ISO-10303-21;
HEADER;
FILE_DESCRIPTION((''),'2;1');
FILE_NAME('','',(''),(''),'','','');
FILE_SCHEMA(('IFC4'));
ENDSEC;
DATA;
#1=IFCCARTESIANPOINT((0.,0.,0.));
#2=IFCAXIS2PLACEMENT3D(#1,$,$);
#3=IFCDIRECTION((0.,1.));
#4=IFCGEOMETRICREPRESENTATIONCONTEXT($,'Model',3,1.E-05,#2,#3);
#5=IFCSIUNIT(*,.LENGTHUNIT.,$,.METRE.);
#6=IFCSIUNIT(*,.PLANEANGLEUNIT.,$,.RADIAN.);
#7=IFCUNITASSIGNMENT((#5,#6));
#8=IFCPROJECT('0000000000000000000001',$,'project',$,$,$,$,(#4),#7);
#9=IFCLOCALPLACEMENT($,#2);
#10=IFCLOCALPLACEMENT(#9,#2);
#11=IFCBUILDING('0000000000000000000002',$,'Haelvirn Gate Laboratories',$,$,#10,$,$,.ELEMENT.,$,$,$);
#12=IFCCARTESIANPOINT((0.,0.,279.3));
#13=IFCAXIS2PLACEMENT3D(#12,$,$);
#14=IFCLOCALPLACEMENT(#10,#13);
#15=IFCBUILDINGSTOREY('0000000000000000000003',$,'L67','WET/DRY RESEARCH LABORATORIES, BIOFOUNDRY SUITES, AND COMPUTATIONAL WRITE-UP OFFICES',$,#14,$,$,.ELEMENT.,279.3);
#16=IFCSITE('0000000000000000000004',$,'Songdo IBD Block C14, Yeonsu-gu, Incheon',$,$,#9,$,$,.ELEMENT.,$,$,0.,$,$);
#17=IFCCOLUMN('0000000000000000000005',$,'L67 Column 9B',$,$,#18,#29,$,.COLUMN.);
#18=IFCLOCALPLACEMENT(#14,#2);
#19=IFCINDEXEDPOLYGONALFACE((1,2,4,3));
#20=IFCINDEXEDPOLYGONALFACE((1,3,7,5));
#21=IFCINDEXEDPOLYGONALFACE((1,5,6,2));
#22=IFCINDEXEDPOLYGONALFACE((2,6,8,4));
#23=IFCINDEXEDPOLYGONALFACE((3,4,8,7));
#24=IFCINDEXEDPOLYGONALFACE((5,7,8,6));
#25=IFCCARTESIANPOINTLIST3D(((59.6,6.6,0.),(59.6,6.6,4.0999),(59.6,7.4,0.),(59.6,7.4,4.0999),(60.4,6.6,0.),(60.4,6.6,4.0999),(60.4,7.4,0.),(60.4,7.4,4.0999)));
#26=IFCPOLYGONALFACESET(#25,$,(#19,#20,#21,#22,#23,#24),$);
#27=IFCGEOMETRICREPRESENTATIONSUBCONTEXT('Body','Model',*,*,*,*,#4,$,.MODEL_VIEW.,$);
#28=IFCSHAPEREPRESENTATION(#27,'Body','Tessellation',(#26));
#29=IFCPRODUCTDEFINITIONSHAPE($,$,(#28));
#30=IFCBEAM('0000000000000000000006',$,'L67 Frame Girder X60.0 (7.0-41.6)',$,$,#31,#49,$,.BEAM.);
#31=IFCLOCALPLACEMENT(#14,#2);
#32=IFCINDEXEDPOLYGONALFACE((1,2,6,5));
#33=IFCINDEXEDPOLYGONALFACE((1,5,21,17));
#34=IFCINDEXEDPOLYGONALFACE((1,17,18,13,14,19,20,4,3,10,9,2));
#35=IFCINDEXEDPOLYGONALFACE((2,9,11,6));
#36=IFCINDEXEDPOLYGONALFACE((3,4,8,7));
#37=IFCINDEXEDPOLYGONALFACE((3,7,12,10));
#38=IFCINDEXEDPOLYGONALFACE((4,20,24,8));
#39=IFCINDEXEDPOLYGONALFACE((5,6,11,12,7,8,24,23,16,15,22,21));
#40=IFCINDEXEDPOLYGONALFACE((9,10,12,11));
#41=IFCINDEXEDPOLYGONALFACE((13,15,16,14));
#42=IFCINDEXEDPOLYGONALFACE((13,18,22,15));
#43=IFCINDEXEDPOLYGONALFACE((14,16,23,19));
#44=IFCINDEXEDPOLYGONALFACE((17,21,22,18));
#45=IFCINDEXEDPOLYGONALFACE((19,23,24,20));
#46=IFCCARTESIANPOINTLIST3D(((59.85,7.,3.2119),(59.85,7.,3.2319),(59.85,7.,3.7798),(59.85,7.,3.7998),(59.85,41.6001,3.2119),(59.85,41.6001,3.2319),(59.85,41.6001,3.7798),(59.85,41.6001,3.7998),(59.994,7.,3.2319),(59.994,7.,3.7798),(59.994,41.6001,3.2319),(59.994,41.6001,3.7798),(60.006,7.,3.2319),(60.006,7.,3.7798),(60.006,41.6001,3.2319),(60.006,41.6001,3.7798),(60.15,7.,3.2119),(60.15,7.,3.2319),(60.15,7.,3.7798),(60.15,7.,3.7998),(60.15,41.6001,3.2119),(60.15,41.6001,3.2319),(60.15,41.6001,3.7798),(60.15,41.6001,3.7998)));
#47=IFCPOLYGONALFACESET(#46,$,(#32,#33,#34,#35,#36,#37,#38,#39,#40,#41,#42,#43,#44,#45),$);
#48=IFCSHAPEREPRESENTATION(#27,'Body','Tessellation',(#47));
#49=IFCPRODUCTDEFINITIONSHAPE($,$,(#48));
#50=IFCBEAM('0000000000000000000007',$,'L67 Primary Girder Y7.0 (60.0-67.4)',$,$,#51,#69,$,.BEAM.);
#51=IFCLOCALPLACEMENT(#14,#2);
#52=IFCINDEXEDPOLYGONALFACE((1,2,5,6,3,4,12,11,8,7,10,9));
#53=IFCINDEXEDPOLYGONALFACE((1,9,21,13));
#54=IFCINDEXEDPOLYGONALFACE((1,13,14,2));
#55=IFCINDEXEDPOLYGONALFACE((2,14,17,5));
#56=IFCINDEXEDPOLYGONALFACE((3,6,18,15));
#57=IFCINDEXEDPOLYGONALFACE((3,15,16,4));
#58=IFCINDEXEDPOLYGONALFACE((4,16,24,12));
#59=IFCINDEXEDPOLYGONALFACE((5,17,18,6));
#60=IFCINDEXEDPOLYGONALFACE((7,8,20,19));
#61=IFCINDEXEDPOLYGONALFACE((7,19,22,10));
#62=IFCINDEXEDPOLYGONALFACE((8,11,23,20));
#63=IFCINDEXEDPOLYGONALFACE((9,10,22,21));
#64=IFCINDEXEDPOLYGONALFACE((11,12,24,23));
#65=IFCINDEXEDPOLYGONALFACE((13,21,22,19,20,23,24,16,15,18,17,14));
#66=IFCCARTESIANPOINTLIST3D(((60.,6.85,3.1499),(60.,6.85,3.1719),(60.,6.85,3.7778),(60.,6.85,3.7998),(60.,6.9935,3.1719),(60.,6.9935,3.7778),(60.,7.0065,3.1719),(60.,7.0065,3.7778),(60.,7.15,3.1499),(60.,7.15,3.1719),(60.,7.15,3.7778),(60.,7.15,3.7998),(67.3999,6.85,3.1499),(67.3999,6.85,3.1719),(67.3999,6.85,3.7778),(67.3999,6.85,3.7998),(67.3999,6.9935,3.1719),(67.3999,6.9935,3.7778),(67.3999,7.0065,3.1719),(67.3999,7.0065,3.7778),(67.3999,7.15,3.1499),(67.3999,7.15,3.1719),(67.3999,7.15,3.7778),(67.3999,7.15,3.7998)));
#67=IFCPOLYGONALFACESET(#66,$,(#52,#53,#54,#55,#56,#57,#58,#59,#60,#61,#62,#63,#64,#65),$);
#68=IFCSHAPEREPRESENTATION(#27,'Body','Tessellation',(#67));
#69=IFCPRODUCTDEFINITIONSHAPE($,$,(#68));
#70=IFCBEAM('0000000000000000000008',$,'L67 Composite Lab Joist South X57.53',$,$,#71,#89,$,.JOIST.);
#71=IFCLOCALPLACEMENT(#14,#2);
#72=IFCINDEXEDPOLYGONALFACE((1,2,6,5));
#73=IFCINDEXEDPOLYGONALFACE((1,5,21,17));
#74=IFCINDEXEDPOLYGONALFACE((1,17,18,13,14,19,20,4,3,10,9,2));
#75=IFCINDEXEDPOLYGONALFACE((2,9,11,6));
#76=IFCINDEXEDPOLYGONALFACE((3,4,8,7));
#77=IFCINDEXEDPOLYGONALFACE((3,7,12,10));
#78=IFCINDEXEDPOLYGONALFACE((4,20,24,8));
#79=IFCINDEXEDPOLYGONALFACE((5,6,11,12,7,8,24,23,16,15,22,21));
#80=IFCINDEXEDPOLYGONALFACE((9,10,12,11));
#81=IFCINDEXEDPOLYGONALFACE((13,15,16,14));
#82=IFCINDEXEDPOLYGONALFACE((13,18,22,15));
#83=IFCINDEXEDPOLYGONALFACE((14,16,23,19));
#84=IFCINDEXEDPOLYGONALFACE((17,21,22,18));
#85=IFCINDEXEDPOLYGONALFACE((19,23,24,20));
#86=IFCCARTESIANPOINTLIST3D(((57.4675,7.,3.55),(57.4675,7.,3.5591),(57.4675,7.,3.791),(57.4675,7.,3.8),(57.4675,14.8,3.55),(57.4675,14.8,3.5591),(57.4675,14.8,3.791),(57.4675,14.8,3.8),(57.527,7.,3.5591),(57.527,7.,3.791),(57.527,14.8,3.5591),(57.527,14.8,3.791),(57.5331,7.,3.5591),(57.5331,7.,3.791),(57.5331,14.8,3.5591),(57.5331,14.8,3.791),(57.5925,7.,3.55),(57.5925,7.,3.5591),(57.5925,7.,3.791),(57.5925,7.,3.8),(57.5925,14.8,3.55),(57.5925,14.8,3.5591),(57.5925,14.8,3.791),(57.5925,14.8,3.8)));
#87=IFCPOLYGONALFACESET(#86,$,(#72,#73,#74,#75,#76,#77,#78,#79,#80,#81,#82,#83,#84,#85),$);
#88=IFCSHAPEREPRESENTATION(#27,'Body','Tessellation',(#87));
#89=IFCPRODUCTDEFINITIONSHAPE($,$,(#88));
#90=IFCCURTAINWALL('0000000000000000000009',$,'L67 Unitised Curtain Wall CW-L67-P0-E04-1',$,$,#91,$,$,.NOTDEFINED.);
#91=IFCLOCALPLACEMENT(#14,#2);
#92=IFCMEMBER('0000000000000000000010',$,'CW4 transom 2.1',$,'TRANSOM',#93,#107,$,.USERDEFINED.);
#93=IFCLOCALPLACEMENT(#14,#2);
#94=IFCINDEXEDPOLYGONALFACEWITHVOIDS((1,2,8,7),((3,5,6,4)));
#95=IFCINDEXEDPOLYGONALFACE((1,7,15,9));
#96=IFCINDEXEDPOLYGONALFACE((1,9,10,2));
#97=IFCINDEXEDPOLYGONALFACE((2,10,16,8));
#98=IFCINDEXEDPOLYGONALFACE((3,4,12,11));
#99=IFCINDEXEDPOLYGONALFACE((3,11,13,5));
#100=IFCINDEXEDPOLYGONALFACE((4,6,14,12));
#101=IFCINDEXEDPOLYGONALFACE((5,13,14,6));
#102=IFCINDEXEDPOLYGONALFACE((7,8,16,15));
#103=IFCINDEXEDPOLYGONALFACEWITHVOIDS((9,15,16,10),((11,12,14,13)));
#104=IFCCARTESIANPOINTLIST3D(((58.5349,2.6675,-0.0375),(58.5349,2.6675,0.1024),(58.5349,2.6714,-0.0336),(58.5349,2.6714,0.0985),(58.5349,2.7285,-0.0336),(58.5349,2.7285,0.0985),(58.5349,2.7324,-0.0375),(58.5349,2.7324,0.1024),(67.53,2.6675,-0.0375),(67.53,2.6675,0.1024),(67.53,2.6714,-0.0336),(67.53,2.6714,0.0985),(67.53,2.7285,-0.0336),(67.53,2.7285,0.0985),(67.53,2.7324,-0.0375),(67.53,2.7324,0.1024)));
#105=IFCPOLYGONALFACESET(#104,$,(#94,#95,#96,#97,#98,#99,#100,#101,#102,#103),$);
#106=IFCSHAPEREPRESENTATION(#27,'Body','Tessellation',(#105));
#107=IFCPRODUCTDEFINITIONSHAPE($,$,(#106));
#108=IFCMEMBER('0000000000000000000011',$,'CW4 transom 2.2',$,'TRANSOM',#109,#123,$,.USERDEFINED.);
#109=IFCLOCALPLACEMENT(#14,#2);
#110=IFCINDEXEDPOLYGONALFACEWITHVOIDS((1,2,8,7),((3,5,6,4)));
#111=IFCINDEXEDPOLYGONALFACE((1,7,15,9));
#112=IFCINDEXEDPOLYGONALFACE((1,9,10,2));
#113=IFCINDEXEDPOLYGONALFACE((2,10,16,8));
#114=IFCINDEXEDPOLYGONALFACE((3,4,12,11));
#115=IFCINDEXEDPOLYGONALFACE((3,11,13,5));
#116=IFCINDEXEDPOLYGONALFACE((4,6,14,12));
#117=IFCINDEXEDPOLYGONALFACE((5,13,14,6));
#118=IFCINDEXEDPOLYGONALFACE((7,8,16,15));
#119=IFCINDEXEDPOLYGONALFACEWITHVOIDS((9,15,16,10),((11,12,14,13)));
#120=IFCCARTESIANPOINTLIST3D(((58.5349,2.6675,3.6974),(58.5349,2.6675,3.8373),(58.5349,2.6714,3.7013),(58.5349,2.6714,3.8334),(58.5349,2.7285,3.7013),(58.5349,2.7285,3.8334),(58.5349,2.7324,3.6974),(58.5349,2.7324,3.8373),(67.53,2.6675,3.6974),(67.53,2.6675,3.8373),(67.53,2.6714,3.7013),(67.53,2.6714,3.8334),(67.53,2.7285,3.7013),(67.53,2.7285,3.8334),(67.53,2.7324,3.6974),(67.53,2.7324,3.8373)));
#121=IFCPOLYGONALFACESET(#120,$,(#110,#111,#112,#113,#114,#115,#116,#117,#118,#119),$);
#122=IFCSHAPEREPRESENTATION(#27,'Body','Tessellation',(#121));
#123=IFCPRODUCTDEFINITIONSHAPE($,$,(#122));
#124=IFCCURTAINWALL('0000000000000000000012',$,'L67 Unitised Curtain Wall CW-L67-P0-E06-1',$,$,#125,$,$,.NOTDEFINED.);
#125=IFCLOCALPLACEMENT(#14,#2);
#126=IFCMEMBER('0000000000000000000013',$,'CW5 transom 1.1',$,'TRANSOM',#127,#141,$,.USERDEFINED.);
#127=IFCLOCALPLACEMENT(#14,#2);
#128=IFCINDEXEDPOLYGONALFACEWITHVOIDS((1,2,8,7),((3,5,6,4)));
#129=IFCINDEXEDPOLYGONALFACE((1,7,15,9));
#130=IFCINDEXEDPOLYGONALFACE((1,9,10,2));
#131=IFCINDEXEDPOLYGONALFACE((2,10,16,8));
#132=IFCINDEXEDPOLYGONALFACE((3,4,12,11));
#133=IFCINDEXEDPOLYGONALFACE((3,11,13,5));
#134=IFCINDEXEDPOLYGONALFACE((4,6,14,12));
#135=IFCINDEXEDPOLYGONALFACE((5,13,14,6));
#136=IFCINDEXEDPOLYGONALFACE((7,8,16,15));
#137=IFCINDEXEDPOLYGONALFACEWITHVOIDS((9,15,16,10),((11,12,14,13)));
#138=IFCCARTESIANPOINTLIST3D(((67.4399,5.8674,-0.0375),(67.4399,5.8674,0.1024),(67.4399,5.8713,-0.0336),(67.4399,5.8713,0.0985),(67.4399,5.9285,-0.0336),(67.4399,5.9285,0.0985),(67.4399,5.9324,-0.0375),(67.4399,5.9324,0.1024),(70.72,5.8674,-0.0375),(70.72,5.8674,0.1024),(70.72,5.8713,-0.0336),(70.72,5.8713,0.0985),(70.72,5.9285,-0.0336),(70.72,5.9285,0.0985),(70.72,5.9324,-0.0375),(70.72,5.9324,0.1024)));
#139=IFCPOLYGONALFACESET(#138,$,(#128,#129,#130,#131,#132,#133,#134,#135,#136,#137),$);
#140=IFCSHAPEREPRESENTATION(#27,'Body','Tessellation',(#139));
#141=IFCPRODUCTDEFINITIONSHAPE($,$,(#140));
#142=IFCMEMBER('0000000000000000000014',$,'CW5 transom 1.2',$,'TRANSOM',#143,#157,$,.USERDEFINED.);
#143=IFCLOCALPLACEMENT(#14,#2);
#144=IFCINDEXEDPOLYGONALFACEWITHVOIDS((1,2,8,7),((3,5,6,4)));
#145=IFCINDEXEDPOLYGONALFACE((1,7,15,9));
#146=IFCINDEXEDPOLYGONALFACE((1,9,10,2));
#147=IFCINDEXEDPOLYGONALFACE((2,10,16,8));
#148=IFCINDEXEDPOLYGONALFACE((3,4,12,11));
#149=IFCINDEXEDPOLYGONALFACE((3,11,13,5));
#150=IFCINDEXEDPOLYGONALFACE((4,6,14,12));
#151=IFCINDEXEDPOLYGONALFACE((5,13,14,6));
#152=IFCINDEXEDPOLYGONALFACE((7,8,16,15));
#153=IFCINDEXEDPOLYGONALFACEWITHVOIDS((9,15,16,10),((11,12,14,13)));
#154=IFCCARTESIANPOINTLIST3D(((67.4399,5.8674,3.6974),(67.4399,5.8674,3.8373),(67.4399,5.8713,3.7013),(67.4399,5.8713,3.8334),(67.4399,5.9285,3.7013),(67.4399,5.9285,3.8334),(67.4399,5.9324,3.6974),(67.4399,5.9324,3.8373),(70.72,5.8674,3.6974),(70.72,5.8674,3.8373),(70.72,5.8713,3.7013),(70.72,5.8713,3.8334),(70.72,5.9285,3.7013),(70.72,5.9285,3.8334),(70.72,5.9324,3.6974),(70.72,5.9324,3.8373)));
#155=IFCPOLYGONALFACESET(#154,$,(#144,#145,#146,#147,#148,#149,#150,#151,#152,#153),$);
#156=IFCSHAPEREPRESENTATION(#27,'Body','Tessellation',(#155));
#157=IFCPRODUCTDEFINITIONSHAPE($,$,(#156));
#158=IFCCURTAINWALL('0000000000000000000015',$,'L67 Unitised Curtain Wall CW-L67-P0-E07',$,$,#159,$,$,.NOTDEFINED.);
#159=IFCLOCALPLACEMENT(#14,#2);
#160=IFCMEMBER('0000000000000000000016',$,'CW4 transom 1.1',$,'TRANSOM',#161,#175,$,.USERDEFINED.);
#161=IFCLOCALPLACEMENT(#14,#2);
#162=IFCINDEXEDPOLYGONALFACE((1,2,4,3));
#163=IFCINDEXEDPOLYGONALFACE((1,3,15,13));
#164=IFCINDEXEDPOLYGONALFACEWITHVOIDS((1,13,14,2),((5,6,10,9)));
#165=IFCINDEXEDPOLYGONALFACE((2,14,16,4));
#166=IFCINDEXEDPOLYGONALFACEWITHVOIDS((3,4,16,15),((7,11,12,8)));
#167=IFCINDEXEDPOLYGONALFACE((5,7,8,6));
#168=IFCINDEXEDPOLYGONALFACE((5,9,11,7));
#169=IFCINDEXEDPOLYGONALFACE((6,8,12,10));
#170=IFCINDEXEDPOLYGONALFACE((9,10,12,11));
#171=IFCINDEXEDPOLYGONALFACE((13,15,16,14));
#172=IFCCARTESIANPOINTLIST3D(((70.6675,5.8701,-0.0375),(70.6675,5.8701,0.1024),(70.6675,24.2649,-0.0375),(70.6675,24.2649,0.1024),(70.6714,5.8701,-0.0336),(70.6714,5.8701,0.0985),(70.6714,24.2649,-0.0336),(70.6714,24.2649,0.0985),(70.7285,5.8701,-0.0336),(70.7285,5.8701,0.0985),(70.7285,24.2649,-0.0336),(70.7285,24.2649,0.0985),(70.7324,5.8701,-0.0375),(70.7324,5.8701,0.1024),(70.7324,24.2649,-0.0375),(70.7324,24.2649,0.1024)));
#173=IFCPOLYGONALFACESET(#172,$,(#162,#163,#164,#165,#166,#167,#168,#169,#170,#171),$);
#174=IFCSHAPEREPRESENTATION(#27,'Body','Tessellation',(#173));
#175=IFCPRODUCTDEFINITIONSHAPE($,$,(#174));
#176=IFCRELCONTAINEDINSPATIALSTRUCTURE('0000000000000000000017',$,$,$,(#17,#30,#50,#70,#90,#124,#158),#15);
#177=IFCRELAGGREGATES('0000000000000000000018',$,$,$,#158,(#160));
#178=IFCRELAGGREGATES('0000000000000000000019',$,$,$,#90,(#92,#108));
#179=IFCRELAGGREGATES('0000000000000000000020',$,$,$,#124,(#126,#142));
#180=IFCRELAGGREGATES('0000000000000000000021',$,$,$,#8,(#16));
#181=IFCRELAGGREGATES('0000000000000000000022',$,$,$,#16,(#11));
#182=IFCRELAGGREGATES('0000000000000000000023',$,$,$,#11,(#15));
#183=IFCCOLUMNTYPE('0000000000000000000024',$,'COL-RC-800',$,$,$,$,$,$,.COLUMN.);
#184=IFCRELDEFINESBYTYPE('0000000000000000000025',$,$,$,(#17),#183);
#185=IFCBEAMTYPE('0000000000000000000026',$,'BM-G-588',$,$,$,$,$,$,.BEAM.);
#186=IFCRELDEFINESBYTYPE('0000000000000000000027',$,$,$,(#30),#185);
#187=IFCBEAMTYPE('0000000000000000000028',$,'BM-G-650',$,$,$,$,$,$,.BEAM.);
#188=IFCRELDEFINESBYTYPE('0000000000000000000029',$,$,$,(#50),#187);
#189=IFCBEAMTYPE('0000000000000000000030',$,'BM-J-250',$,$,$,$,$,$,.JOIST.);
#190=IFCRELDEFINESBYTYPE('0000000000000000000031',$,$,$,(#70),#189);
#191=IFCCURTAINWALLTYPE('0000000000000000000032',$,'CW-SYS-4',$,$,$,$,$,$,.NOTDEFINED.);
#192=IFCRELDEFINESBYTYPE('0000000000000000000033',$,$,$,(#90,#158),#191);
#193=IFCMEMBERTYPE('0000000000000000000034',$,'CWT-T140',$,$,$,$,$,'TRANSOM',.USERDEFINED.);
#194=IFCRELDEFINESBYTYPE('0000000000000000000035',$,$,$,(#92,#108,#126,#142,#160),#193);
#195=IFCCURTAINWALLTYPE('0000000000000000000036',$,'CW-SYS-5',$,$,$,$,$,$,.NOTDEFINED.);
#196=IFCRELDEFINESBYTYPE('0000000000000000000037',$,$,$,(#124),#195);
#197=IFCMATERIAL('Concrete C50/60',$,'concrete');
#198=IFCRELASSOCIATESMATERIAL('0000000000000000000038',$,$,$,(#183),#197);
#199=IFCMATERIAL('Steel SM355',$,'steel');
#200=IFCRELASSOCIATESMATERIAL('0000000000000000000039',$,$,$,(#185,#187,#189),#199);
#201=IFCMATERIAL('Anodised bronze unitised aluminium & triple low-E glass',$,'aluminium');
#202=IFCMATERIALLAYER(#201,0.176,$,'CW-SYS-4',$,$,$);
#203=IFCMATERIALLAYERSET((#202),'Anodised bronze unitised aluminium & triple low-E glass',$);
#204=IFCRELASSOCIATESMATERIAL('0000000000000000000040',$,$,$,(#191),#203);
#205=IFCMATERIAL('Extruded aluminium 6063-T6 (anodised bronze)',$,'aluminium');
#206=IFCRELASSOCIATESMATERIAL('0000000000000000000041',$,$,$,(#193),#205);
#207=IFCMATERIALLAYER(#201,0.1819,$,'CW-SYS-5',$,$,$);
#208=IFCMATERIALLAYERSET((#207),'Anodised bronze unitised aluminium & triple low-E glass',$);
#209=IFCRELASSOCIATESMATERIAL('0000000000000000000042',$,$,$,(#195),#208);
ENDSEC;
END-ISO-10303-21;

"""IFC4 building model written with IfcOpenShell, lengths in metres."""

from ifc_helpers import new_model, si_unit, direction, frame, origin, origin_2d, place, context, subcontext, project, spatial, rectangle, hollow_rectangle, i_section, extrude, source, transform, mapped, material, layer, layer_set, material_profile, profile_set, type_object, type_shapes, element, aggregate, save


model = new_model("IFC4")

# Units and contexts
model_context = context("Model", 3, precision=1e-05, world=origin(), true_north=direction((0.0, 1.0)))
body_context = subcontext(model_context, "Body", "Model", "MODEL_VIEW")
ifc_project = project(units=[si_unit("LENGTHUNIT", "METRE"), si_unit("PLANEANGLEUNIT", "RADIAN")], contexts=[model_context])

# Site, building, storey
site_placement = place(None, origin())
site = spatial("IfcSite", under=ifc_project, at=site_placement, Name="Songdo IBD Block C14, Yeonsu-gu, Incheon", CompositionType="ELEMENT", RefElevation=0.0)
building_placement = place(site_placement, origin())
building = spatial("IfcBuilding", under=site, at=building_placement, Name="Haelvirn Gate Laboratories", CompositionType="ELEMENT")
storey_placement = place(building_placement, frame((0.0, 0.0, 279.3)))
storey = spatial("IfcBuildingStorey", under=building, at=storey_placement, Name="L67", Description="WET/DRY RESEARCH LABORATORIES, BIOFOUNDRY SUITES, AND COMPUTATIONAL WRITE-UP OFFICES", CompositionType="ELEMENT", Elevation=279.3)

# Column
ifc_material_1 = material(Name="Concrete C50/60", Category="concrete")
ifc_material_profile_1 = material_profile(ifc_material_1, rectangle(XDim=0.8, YDim=0.8, at=origin_2d()), Name="RC-800x800")
ifc_profile_set_1 = profile_set([ifc_material_profile_1], Name="Concrete C50/60")
column_type = type_object("IfcColumnType", Name="COL-RC-800", PredefinedType="COLUMN", material=ifc_profile_set_1)
shared_shape_1 = source(origin(), body_context, "Body", "SweptSolid", [
    extrude(rectangle(XDim=0.8, YDim=0.8, at=origin_2d()), origin(), (0.0, 0.0, 1.0), 4.0999),
])
type_shapes(column_type, [shared_shape_1])
column_placement = place(storey_placement, frame((60.0, 7.0, 0.0), z_axis=(0.0, 0.0, 1.0), x_axis=(1.0, 0.0, 0.0)))
element("IfcColumn", 1, at=column_placement, inside=storey, type_object=column_type, Name="L67 Column 9B", PredefinedType="COLUMN", context=body_context, shape_type="MappedRepresentation", body=[
    mapped(shared_shape_1, transform((0.0, 0.0, 0.0), scale=1.0)),
])

# Beams
ifc_material_2 = material(Name="Steel SM355", Category="steel")
ifc_material_profile_2 = material_profile(ifc_material_2, i_section(OverallWidth=0.3, OverallDepth=0.5879, WebThickness=0.012, FlangeThickness=0.02, at=origin_2d()), Name="H-588x300x12x20")
ifc_profile_set_2 = profile_set([ifc_material_profile_2], Name="Steel SM355")
beam_type_1 = type_object("IfcBeamType", Name="BM-G-588", PredefinedType="BEAM", material=ifc_profile_set_2)
shared_shape_2 = source(origin(), body_context, "Body", "SweptSolid", [
    extrude(i_section(OverallWidth=0.3, OverallDepth=0.5879, WebThickness=0.012, FlangeThickness=0.02, at=origin_2d()), origin(), (0.0, 0.0, 1.0), 34.6001),
])
type_shapes(beam_type_1, [shared_shape_2])
beam_1_placement = place(storey_placement, frame((60.0, 7.0, 3.5059), z_axis=(0.0, 1.0, 0.0), x_axis=(-1.0, 0.0, 0.0)))
element("IfcBeam", 2, at=beam_1_placement, inside=storey, type_object=beam_type_1, Name="L67 Frame Girder X60.0 (7.0-41.6)", PredefinedType="BEAM", context=body_context, shape_type="MappedRepresentation", body=[
    mapped(shared_shape_2, transform((0.0, 0.0, 0.0), scale=1.0)),
])
ifc_material_profile_3 = material_profile(ifc_material_2, i_section(OverallWidth=0.3, OverallDepth=0.6499, WebThickness=0.0129, FlangeThickness=0.022, at=origin_2d()), Name="H-650x300x13x22")
ifc_profile_set_3 = profile_set([ifc_material_profile_3], Name="Steel SM355")
beam_type_2 = type_object("IfcBeamType", Name="BM-G-650", PredefinedType="BEAM", material=ifc_profile_set_3)
shared_shape_3 = source(origin(), body_context, "Body", "SweptSolid", [
    extrude(i_section(OverallWidth=0.3, OverallDepth=0.6499, WebThickness=0.0129, FlangeThickness=0.022, at=origin_2d()), origin(), (0.0, 0.0, 1.0), 7.3999),
])
type_shapes(beam_type_2, [shared_shape_3])
beam_2_placement = place(storey_placement, frame((60.0, 7.0, 3.4749), z_axis=(1.0, 0.0, 0.0), x_axis=(0.0, 1.0, 0.0)))
element("IfcBeam", 3, at=beam_2_placement, inside=storey, type_object=beam_type_2, Name="L67 Primary Girder Y7.0 (60.0-67.4)", PredefinedType="BEAM", context=body_context, shape_type="MappedRepresentation", body=[
    mapped(shared_shape_3, transform((0.0, 0.0, 0.0), scale=1.0)),
])
ifc_material_profile_4 = material_profile(ifc_material_2, i_section(OverallWidth=0.125, OverallDepth=0.25, WebThickness=0.0061, FlangeThickness=0.009, at=origin_2d()), Name="H-250x125x6x9")
ifc_profile_set_4 = profile_set([ifc_material_profile_4], Name="Steel SM355")
beam_type_3 = type_object("IfcBeamType", Name="BM-J-250", PredefinedType="JOIST", material=ifc_profile_set_4)
shared_shape_4 = source(origin(), body_context, "Body", "SweptSolid", [
    extrude(i_section(OverallWidth=0.125, OverallDepth=0.25, WebThickness=0.0061, FlangeThickness=0.009, at=origin_2d()), origin(), (0.0, 0.0, 1.0), 7.8),
])
type_shapes(beam_type_3, [shared_shape_4])
beam_3_placement = place(storey_placement, frame((57.53, 7.0, 3.675), z_axis=(0.0, 1.0, 0.0), x_axis=(-1.0, 0.0, 0.0)))
element("IfcBeam", 4, at=beam_3_placement, inside=storey, type_object=beam_type_3, Name="L67 Composite Lab Joist South X57.53", PredefinedType="JOIST", context=body_context, shape_type="MappedRepresentation", body=[
    mapped(shared_shape_4, transform((0.0, 0.0, 0.0), scale=1.0)),
])

# Curtain walls, members
ifc_material_3 = material(Name="Anodised bronze unitised aluminium & triple low-E glass", Category="aluminium")
ifc_layer_1 = layer(ifc_material_3, 0.176, Name="CW-SYS-4")
ifc_layer_set_1 = layer_set([ifc_layer_1], Name="Anodised bronze unitised aluminium & triple low-E glass")
curtain_wall_type_1 = type_object("IfcCurtainWallType", Name="CW-SYS-4", PredefinedType="NOTDEFINED", material=ifc_layer_set_1)
curtain_wall_1_placement = place(storey_placement, origin())
curtain_wall_1 = element("IfcCurtainWall", 5, at=curtain_wall_1_placement, inside=storey, type_object=curtain_wall_type_1, Name="L67 Unitised Curtain Wall CW-L67-P0-E04-1", PredefinedType="NOTDEFINED")
ifc_material_4 = material(Name="Extruded aluminium 6063-T6 (anodised bronze)", Category="aluminium")
ifc_material_profile_5 = material_profile(ifc_material_4, hollow_rectangle(XDim=0.0649, YDim=0.1399, WallThickness=0.0039, at=origin_2d()), Name="CWT-140x65x4")
ifc_profile_set_5 = profile_set([ifc_material_profile_5], Name="Extruded aluminium 6063-T6 (anodised bronze)")
member_type_1 = type_object("IfcMemberType", Name="CWT-T140", ElementType="TRANSOM", PredefinedType="USERDEFINED", material=ifc_profile_set_5)
shared_shape_5 = source(origin(), body_context, "Body", "SweptSolid", [
    extrude(hollow_rectangle(XDim=0.0649, YDim=0.1399, WallThickness=0.0039, at=origin_2d()), origin(), (0.0, 0.0, 1.0), 8.9951),
])
member_1_placement = place(storey_placement, frame((58.5349, 2.7, 0.0325), z_axis=(1.0, 0.0, 0.0), x_axis=(0.0, 1.0, 0.0)))
member_1 = element("IfcMember", 6, at=member_1_placement, type_object=member_type_1, Name="CW4 transom 2.1", ObjectType="TRANSOM", PredefinedType="USERDEFINED", context=body_context, shape_type="MappedRepresentation", body=[
    mapped(shared_shape_5, transform((0.0, 0.0, 0.0), scale=1.0)),
])
member_2_placement = place(storey_placement, frame((58.5349, 2.7, 3.7673), z_axis=(1.0, 0.0, 0.0), x_axis=(0.0, 1.0, 0.0)))
member_2 = element("IfcMember", 7, at=member_2_placement, type_object=member_type_1, Name="CW4 transom 2.2", ObjectType="TRANSOM", PredefinedType="USERDEFINED", context=body_context, shape_type="MappedRepresentation", body=[
    mapped(shared_shape_5, transform((0.0, 0.0, 0.0), scale=1.0)),
])
ifc_layer_2 = layer(ifc_material_3, 0.1819, Name="CW-SYS-5")
ifc_layer_set_2 = layer_set([ifc_layer_2], Name="Anodised bronze unitised aluminium & triple low-E glass")
curtain_wall_type_2 = type_object("IfcCurtainWallType", Name="CW-SYS-5", PredefinedType="NOTDEFINED", material=ifc_layer_set_2)
curtain_wall_2_placement = place(storey_placement, origin())
curtain_wall_2 = element("IfcCurtainWall", 8, at=curtain_wall_2_placement, inside=storey, type_object=curtain_wall_type_2, Name="L67 Unitised Curtain Wall CW-L67-P0-E06-1", PredefinedType="NOTDEFINED")
shared_shape_6 = source(origin(), body_context, "Body", "SweptSolid", [
    extrude(hollow_rectangle(XDim=0.0649, YDim=0.1399, WallThickness=0.0039, at=origin_2d()), origin(), (0.0, 0.0, 1.0), 3.28),
])
member_3_placement = place(storey_placement, frame((67.4399, 5.8999, 0.0325), z_axis=(1.0, 0.0, 0.0), x_axis=(0.0, 1.0, 0.0)))
member_3 = element("IfcMember", 9, at=member_3_placement, type_object=member_type_1, Name="CW5 transom 1.1", ObjectType="TRANSOM", PredefinedType="USERDEFINED", context=body_context, shape_type="MappedRepresentation", body=[
    mapped(shared_shape_6, transform((0.0, 0.0, 0.0), scale=1.0)),
])
member_4_placement = place(storey_placement, frame((67.4399, 5.8999, 3.7673), z_axis=(1.0, 0.0, 0.0), x_axis=(0.0, 1.0, 0.0)))
member_4 = element("IfcMember", 10, at=member_4_placement, type_object=member_type_1, Name="CW5 transom 1.2", ObjectType="TRANSOM", PredefinedType="USERDEFINED", context=body_context, shape_type="MappedRepresentation", body=[
    mapped(shared_shape_6, transform((0.0, 0.0, 0.0), scale=1.0)),
])
curtain_wall_3_placement = place(storey_placement, origin())
curtain_wall_3 = element("IfcCurtainWall", 11, at=curtain_wall_3_placement, inside=storey, type_object=curtain_wall_type_1, Name="L67 Unitised Curtain Wall CW-L67-P0-E07", PredefinedType="NOTDEFINED")
shared_shape_7 = source(origin(), body_context, "Body", "SweptSolid", [
    extrude(hollow_rectangle(XDim=0.0649, YDim=0.1399, WallThickness=0.0039, at=origin_2d()), origin(), (0.0, 0.0, 1.0), 18.3948),
])
type_shapes(member_type_1, [shared_shape_5, shared_shape_6, shared_shape_7])
member_5_placement = place(storey_placement, frame((70.7, 5.8701, 0.0325), z_axis=(0.0, 1.0, 0.0), x_axis=(-1.0, 0.0, 0.0)))
member_5 = element("IfcMember", 12, at=member_5_placement, type_object=member_type_1, Name="CW4 transom 1.1", ObjectType="TRANSOM", PredefinedType="USERDEFINED", context=body_context, shape_type="MappedRepresentation", body=[
    mapped(shared_shape_7, transform((0.0, 0.0, 0.0), scale=1.0)),
])

aggregate(curtain_wall_3, [member_5])

aggregate(curtain_wall_1, [member_1, member_2])
aggregate(curtain_wall_2, [member_3, member_4])

save(model, "model.ifc")
